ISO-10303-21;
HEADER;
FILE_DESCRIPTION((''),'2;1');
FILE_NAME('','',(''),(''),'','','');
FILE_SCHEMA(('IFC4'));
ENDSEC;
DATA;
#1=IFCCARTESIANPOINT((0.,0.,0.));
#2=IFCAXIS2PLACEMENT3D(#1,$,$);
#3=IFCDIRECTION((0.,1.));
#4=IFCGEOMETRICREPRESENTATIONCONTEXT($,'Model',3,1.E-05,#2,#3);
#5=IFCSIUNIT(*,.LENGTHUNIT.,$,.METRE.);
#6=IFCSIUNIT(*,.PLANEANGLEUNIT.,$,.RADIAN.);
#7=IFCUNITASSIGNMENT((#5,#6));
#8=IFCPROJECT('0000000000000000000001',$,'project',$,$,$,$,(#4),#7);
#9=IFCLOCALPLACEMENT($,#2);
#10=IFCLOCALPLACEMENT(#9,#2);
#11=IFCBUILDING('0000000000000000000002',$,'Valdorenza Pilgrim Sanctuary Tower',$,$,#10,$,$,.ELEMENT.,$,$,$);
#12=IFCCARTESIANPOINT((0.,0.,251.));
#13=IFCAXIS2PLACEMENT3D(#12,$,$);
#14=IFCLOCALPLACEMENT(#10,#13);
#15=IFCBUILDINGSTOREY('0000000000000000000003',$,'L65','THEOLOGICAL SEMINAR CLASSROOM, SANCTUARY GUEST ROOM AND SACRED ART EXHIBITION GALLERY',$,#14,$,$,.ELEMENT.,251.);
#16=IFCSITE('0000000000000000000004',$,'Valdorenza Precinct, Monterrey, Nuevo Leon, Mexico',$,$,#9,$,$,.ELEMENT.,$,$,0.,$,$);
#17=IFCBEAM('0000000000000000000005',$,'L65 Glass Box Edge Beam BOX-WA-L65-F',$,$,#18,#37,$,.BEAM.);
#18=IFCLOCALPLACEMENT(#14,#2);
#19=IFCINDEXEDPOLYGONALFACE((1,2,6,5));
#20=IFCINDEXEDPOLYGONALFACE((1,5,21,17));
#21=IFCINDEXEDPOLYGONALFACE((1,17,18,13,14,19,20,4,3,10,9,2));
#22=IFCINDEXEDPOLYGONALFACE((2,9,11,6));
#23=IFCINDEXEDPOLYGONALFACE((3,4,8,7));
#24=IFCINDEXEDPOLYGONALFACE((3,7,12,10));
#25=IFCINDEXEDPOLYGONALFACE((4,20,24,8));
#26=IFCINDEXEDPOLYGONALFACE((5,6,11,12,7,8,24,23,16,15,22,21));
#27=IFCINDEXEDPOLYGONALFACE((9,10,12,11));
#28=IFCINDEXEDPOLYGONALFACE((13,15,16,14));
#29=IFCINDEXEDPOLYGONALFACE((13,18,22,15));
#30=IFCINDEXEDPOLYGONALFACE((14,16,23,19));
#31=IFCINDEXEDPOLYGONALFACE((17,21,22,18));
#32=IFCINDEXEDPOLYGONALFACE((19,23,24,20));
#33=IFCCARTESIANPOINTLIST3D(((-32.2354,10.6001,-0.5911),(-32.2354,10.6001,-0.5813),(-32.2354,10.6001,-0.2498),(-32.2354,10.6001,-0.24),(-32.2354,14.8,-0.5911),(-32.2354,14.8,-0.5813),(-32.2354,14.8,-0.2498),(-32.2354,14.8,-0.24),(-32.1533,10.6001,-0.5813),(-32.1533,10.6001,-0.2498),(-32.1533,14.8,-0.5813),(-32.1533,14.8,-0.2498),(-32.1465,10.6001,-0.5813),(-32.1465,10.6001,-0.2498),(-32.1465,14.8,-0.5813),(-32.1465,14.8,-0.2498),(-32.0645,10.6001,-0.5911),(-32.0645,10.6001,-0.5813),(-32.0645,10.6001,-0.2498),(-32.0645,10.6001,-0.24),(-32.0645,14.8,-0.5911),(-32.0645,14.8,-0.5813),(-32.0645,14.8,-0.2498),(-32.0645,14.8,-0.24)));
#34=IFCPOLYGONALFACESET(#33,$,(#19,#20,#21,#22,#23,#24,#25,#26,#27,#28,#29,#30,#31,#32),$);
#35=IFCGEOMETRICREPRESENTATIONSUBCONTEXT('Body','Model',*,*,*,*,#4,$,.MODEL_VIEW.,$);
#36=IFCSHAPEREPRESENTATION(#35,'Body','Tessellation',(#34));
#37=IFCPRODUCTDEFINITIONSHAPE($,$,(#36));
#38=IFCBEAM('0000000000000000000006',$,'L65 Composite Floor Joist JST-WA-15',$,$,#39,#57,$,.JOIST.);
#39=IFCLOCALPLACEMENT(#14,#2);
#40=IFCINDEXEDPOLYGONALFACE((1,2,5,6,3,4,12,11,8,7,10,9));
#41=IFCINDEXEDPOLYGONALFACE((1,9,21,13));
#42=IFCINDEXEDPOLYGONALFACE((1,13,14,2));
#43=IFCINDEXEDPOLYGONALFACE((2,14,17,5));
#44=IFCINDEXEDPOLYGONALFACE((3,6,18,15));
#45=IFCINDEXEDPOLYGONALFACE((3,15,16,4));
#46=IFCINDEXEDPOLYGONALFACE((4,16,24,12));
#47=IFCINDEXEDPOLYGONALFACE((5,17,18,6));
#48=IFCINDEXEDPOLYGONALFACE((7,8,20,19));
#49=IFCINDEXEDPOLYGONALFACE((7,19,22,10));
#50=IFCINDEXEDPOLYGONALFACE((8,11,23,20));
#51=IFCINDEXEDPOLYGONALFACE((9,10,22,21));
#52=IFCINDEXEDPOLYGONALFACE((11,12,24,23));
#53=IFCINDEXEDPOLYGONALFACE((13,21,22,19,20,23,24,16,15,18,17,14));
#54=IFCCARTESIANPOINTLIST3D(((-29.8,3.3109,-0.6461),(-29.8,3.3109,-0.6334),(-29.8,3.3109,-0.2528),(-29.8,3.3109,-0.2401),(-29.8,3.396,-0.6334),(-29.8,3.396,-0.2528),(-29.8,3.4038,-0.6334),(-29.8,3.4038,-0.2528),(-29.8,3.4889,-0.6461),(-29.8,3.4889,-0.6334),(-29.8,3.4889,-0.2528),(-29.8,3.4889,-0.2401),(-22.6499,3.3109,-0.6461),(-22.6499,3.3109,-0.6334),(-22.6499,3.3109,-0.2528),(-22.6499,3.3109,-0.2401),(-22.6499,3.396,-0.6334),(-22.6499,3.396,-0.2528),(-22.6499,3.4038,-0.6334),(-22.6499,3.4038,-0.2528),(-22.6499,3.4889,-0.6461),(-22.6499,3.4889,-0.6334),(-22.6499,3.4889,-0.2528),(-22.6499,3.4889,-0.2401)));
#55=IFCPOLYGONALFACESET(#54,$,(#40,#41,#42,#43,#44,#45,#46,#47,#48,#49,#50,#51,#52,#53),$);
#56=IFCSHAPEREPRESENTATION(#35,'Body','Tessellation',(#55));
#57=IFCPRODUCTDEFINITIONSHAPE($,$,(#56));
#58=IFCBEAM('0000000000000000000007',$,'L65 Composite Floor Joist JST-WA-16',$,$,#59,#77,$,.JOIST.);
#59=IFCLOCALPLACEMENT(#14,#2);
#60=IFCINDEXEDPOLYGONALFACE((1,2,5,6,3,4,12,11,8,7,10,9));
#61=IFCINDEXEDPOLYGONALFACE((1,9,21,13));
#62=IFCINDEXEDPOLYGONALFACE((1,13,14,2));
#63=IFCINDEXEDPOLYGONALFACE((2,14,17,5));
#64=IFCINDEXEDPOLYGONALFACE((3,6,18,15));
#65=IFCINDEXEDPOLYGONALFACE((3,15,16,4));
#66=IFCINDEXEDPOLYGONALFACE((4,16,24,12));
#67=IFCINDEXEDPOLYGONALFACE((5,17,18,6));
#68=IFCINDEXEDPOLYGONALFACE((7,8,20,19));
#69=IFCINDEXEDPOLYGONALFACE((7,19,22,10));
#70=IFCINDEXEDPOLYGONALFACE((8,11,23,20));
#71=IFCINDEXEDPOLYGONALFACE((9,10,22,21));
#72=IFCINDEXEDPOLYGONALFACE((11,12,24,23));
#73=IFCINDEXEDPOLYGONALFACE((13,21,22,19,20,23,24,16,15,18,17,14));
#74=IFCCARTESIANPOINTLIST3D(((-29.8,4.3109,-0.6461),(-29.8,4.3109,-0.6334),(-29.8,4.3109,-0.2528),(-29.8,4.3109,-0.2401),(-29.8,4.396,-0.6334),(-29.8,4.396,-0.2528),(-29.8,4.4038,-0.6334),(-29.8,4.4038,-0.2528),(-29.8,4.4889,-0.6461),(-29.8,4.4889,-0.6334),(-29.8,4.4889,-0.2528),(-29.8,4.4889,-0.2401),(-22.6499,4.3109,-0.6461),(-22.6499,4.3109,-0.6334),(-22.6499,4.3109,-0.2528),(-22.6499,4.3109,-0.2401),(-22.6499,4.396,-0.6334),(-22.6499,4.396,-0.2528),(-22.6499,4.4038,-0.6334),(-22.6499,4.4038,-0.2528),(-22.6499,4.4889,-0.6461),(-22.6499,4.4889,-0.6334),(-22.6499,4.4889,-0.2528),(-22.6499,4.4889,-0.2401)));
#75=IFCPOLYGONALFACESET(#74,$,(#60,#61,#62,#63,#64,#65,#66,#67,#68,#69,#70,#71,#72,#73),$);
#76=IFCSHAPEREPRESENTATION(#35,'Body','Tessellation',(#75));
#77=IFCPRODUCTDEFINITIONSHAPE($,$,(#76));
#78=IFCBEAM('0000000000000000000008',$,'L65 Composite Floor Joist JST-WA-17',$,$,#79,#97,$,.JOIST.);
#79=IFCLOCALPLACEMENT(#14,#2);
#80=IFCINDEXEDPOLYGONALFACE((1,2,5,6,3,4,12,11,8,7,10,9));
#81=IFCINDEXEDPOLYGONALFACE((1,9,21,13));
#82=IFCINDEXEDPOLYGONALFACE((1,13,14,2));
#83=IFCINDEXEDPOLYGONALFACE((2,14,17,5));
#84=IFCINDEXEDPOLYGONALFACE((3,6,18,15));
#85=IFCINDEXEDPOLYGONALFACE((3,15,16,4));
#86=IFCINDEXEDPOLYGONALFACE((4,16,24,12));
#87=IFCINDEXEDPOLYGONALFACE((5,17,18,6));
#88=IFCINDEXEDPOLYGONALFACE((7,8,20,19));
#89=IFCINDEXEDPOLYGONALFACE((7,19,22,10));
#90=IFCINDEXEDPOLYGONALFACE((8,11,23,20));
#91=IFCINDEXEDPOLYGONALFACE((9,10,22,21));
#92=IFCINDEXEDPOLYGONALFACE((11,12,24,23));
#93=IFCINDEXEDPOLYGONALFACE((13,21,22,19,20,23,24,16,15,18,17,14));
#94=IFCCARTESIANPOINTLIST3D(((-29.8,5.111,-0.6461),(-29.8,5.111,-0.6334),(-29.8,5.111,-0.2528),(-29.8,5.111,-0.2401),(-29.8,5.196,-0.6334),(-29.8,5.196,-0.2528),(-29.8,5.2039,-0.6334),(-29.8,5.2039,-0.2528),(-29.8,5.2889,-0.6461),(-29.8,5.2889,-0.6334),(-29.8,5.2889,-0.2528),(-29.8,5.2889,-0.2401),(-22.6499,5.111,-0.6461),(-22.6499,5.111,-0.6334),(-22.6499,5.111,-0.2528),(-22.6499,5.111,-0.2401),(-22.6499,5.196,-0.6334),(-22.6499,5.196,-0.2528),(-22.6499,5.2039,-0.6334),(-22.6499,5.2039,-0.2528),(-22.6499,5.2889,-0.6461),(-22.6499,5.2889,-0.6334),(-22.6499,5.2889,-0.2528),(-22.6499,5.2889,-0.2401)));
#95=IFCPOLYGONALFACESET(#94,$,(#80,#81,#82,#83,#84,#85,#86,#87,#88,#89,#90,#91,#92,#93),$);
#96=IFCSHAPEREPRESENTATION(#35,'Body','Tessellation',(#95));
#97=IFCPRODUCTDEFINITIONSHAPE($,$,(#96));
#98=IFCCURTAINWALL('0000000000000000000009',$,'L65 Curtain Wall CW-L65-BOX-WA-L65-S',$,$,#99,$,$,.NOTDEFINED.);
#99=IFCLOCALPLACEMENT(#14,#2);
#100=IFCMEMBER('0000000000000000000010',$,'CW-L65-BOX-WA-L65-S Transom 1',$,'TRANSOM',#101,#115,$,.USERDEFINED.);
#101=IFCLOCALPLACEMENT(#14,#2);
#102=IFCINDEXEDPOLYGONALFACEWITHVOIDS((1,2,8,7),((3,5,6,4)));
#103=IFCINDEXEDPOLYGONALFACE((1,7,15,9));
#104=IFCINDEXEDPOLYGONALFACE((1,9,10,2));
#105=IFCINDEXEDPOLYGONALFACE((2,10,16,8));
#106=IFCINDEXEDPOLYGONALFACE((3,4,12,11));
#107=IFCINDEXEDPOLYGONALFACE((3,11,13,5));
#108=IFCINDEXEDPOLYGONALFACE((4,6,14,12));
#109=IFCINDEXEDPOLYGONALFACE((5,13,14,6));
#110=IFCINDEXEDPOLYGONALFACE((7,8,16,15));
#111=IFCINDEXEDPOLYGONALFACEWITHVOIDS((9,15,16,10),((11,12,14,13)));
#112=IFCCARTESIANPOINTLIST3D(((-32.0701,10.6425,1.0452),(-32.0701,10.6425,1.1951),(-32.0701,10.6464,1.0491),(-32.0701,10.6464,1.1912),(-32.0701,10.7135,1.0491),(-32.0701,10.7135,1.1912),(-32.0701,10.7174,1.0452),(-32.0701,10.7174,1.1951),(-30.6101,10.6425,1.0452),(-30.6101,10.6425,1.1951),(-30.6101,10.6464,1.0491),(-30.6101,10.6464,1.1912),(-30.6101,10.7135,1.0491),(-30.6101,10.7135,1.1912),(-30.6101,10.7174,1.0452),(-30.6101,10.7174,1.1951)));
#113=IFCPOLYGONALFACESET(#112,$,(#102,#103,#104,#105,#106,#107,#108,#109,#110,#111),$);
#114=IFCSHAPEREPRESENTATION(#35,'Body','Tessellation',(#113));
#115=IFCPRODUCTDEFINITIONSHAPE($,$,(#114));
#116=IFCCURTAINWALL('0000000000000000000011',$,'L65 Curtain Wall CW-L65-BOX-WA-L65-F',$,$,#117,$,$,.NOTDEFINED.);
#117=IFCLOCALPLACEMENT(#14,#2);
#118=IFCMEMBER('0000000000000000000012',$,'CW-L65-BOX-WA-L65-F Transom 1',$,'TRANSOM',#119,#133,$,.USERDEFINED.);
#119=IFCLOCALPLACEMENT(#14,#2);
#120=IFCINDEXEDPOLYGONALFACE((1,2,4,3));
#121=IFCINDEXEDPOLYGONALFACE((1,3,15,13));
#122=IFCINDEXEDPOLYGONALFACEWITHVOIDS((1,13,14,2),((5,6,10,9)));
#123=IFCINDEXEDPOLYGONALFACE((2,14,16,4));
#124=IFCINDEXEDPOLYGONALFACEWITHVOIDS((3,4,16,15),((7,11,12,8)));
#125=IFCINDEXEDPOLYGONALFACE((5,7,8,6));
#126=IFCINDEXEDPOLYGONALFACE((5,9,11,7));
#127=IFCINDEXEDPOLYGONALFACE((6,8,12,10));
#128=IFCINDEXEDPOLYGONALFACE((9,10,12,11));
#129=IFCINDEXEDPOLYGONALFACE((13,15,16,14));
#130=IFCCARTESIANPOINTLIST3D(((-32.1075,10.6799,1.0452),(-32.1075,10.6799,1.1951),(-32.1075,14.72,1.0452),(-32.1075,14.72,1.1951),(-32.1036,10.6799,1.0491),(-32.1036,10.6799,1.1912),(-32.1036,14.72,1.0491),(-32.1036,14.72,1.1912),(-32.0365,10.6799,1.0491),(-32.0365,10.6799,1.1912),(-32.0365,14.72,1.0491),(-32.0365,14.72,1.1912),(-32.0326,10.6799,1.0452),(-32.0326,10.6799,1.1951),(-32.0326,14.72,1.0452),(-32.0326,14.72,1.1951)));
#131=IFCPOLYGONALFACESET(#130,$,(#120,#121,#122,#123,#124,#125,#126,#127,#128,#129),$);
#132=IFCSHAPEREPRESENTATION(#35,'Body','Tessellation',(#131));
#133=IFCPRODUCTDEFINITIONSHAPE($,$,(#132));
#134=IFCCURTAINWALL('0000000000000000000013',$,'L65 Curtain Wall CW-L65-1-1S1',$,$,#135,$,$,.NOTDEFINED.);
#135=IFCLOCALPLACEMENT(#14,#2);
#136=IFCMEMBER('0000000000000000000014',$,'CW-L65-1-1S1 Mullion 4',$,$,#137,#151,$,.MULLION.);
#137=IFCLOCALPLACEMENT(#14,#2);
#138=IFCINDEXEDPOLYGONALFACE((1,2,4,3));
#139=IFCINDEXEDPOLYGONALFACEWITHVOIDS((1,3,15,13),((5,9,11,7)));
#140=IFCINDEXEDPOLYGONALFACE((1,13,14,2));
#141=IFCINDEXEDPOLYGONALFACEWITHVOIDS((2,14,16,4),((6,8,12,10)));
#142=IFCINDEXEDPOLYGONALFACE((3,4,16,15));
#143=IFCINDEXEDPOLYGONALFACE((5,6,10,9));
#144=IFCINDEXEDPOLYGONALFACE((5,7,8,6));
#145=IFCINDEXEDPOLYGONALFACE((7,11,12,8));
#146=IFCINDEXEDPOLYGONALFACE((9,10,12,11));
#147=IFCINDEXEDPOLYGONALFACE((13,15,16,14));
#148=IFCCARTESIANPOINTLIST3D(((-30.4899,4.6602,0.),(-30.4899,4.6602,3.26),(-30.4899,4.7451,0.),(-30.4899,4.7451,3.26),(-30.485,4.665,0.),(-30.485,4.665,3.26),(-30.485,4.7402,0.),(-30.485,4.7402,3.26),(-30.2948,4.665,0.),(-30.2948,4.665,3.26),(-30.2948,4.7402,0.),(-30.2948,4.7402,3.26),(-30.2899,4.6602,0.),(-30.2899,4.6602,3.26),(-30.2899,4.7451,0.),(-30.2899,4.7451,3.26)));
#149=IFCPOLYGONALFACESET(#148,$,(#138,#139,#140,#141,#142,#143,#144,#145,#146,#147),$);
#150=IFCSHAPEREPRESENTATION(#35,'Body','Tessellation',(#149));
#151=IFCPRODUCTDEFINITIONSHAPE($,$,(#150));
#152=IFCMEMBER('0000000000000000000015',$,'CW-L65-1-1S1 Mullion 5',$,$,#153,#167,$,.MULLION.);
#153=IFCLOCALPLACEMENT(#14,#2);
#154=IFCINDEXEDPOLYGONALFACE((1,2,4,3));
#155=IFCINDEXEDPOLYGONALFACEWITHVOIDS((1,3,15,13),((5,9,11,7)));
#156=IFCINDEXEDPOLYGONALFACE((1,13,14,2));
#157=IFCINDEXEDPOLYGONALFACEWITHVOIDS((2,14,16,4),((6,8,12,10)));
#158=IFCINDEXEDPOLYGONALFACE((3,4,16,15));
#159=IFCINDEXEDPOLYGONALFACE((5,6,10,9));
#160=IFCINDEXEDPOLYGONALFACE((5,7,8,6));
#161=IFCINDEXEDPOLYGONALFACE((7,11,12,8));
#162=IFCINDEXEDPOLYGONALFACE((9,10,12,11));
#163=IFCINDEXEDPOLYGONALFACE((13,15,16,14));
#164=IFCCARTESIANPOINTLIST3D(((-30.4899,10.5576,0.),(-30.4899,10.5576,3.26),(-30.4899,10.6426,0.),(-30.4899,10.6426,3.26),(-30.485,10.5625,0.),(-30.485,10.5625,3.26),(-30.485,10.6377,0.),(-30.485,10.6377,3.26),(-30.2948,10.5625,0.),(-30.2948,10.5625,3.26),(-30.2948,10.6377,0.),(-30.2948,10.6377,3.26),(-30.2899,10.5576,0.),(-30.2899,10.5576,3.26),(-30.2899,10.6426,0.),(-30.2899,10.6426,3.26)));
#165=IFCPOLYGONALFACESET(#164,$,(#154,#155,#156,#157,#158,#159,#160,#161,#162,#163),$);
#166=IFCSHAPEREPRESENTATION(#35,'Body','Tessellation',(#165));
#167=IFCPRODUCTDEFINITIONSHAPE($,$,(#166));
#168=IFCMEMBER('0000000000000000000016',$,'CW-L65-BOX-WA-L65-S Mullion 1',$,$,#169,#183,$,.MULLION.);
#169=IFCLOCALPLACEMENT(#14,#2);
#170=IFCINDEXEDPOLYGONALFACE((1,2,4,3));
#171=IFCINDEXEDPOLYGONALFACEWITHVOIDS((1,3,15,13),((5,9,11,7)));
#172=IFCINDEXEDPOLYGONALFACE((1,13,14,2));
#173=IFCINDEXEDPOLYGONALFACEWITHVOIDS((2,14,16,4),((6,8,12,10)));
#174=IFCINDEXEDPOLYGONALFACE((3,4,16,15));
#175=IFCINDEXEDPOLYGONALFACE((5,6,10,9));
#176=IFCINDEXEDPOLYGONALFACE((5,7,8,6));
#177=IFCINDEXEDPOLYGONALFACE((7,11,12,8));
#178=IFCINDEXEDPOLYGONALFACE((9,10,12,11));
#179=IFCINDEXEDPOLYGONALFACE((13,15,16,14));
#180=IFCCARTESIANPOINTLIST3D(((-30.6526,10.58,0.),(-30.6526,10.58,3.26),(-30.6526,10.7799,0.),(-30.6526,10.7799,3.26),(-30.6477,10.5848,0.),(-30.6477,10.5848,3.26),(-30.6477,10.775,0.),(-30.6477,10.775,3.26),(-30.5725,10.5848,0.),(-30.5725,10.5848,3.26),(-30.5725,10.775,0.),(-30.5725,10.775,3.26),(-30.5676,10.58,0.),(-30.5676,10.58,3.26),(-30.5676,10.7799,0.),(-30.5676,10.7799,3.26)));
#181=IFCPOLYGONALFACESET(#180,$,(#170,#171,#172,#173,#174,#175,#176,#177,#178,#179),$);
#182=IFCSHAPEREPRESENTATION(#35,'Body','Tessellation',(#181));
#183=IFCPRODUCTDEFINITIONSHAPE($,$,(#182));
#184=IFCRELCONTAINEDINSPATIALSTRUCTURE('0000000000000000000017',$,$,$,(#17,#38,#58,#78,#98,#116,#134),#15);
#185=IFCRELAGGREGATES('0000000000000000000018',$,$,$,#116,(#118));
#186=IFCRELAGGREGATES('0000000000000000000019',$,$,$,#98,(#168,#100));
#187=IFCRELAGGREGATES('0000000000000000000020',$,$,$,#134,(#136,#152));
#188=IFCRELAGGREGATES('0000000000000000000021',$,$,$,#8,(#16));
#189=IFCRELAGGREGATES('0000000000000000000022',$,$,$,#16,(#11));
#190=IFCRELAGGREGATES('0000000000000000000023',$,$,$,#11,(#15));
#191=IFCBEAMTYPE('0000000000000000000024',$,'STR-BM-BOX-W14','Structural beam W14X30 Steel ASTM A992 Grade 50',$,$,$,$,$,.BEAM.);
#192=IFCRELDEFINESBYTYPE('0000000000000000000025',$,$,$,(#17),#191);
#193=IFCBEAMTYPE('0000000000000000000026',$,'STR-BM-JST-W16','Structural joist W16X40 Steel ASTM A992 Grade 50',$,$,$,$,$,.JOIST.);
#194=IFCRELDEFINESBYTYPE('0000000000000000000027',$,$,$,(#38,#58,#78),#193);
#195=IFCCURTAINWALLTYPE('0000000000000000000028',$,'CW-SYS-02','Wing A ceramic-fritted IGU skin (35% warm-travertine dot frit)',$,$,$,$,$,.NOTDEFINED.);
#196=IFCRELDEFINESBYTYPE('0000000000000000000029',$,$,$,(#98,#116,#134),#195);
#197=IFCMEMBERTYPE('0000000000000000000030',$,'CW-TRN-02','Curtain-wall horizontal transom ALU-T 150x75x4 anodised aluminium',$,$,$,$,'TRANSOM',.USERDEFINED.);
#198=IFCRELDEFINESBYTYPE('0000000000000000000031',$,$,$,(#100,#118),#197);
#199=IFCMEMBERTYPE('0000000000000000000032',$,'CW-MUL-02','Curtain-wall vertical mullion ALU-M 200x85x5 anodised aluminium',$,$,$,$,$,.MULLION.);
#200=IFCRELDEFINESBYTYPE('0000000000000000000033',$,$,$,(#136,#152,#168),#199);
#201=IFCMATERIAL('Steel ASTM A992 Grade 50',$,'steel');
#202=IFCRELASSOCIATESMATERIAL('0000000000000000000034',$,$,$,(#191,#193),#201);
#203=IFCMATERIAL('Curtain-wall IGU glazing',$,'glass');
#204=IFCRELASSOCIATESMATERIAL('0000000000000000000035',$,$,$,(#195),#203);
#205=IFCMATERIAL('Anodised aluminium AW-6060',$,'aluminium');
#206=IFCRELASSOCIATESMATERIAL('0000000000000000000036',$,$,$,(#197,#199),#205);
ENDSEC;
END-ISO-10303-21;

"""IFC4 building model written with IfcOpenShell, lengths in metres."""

from ifc_helpers import new_model, si_unit, direction, frame, origin, origin_2d, place, context, subcontext, project, spatial, hollow_rectangle, i_section, extrude, source, transform, mapped, material, material_profile, profile_set, type_object, element, aggregate, save


model = new_model("IFC4")

# Units and contexts
model_context = context("Model", 3, precision=1e-05, world=origin(), true_north=direction((0.0, 1.0)))
body_context = subcontext(model_context, "Body", "Model", "MODEL_VIEW")
ifc_project = project(units=[si_unit("LENGTHUNIT", "METRE"), si_unit("PLANEANGLEUNIT", "RADIAN")], contexts=[model_context])

# Site, building, storey
site_placement = place(None, origin())
site = spatial("IfcSite", under=ifc_project, at=site_placement, Name="Valdorenza Precinct, Monterrey, Nuevo Leon, Mexico", CompositionType="ELEMENT", RefElevation=0.0)
building_placement = place(site_placement, origin())
building = spatial("IfcBuilding", under=site, at=building_placement, Name="Valdorenza Pilgrim Sanctuary Tower", CompositionType="ELEMENT")
storey_placement = place(building_placement, frame((0.0, 0.0, 251.0)))
storey = spatial("IfcBuildingStorey", under=building, at=storey_placement, Name="L65", Description="THEOLOGICAL SEMINAR CLASSROOM, SANCTUARY GUEST ROOM AND SACRED ART EXHIBITION GALLERY", CompositionType="ELEMENT", Elevation=251.0)

# Beams
ifc_material_1 = material(Name="Steel ASTM A992 Grade 50", Category="steel")
ifc_material_profile_1 = material_profile(ifc_material_1, i_section(OverallWidth=0.1709, OverallDepth=0.3511, WebThickness=0.0068, FlangeThickness=0.0098, at=origin_2d()), Name="W14X30")
ifc_profile_set_1 = profile_set([ifc_material_profile_1], Name="Steel ASTM A992 Grade 50")
beam_type_1 = type_object("IfcBeamType", Name="STR-BM-BOX-W14", Description="Structural beam W14X30 Steel ASTM A992 Grade 50", PredefinedType="BEAM", material=ifc_profile_set_1)
shared_shape_1 = source(origin(), body_context, "Body", "SweptSolid", [
    extrude(i_section(OverallWidth=0.1709, OverallDepth=0.3511, WebThickness=0.0068, FlangeThickness=0.0098, at=origin_2d()), origin(), (0.0, 0.0, 1.0), 4.2),
])
beam_placement = place(storey_placement, frame((-32.1499, 10.6001, -0.4155), z_axis=(0.0, 1.0, 0.0), x_axis=(-1.0, 0.0, 0.0)))
element("IfcBeam", 1, at=beam_placement, inside=storey, type_object=beam_type_1, Name="L65 Glass Box Edge Beam BOX-WA-L65-F", PredefinedType="BEAM", context=body_context, shape_type="MappedRepresentation", body=[
    mapped(shared_shape_1, transform((0.0, 0.0, 0.0), x_axis=(1.0, 0.0, 0.0), y_axis=(0.0, 1.0, 0.0), z_axis=(0.0, 0.0, 1.0), scale=1.0)),
])
ifc_material_profile_2 = material_profile(ifc_material_1, i_section(OverallWidth=0.178, OverallDepth=0.406, WebThickness=0.0078, FlangeThickness=0.0127, at=origin_2d()), Name="W16X40")
ifc_profile_set_2 = profile_set([ifc_material_profile_2], Name="Steel ASTM A992 Grade 50")
beam_type_2 = type_object("IfcBeamType", Name="STR-BM-JST-W16", Description="Structural joist W16X40 Steel ASTM A992 Grade 50", PredefinedType="JOIST", material=ifc_profile_set_2)
shared_shape_2 = source(origin(), body_context, "Body", "SweptSolid", [
    extrude(i_section(OverallWidth=0.178, OverallDepth=0.406, WebThickness=0.0078, FlangeThickness=0.0127, at=origin_2d()), origin(), (0.0, 0.0, 1.0), 7.1501),
])
for number, where, z_axis, x_axis, name in (
    (2, (-29.8, 3.3999, -0.4431), (1.0, 0.0, 0.0), (0.0, 1.0, 0.0), "L65 Composite Floor Joist JST-WA-15"),
    (3, (-29.8, 4.3999, -0.4431), (1.0, 0.0, 0.0), (0.0, 1.0, 0.0), "L65 Composite Floor Joist JST-WA-16"),
    (4, (-29.8, 5.2, -0.4431), (1.0, 0.0, 0.0), (0.0, 1.0, 0.0), "L65 Composite Floor Joist JST-WA-17"),
):
    element("IfcBeam", number, at=place(storey_placement, frame(where, z_axis=z_axis, x_axis=x_axis)), inside=storey, type_object=beam_type_2, Name=name, PredefinedType="JOIST", context=body_context, shape_type="MappedRepresentation", body=[
        mapped(shared_shape_2, transform((0.0, 0.0, 0.0), x_axis=(1.0, 0.0, 0.0), y_axis=(0.0, 1.0, 0.0), z_axis=(0.0, 0.0, 1.0), scale=1.0)),
    ])

# Curtain walls, members
ifc_material_2 = material(Name="Curtain-wall IGU glazing", Category="glass")
curtain_wall_type = type_object("IfcCurtainWallType", Name="CW-SYS-02", Description="Wing A ceramic-fritted IGU skin (35% warm-travertine dot frit)", PredefinedType="NOTDEFINED", material=ifc_material_2)
curtain_wall_1_placement = place(storey_placement, origin())
curtain_wall_1 = element("IfcCurtainWall", 5, at=curtain_wall_1_placement, inside=storey, type_object=curtain_wall_type, Name="L65 Curtain Wall CW-L65-BOX-WA-L65-S", PredefinedType="NOTDEFINED")
ifc_material_3 = material(Name="Anodised aluminium AW-6060", Category="aluminium")
ifc_material_profile_3 = material_profile(ifc_material_3, hollow_rectangle(XDim=0.075, YDim=0.1499, WallThickness=0.0039, at=origin_2d()), Name="ALU-T 150x75x4")
ifc_profile_set_3 = profile_set([ifc_material_profile_3], Name="Anodised aluminium AW-6060")
member_type_1 = type_object("IfcMemberType", Name="CW-TRN-02", Description="Curtain-wall horizontal transom ALU-T 150x75x4 anodised aluminium", ElementType="TRANSOM", PredefinedType="USERDEFINED", material=ifc_profile_set_3)
shared_shape_3 = source(origin(), body_context, "Body", "SweptSolid", [
    extrude(hollow_rectangle(XDim=0.075, YDim=0.1499, WallThickness=0.0039, at=origin_2d()), origin(), (0.0, 0.0, 1.0), 1.46),
])
member_1_placement = place(storey_placement, frame((-30.6101, 10.6799, 1.1201), z_axis=(-1.0, 0.0, 0.0), x_axis=(0.0, -1.0, 0.0)))
member_1 = element("IfcMember", 6, at=member_1_placement, type_object=member_type_1, Name="CW-L65-BOX-WA-L65-S Transom 1", ObjectType="TRANSOM", PredefinedType="USERDEFINED", context=body_context, shape_type="MappedRepresentation", body=[
    mapped(shared_shape_3, transform((0.0, 0.0, 0.0), x_axis=(1.0, 0.0, 0.0), y_axis=(0.0, 1.0, 0.0), z_axis=(0.0, 0.0, 1.0), scale=1.0)),
])
curtain_wall_2_placement = place(storey_placement, origin())
curtain_wall_2 = element("IfcCurtainWall", 7, at=curtain_wall_2_placement, inside=storey, type_object=curtain_wall_type, Name="L65 Curtain Wall CW-L65-BOX-WA-L65-F", PredefinedType="NOTDEFINED")
shared_shape_4 = source(origin(), body_context, "Body", "SweptSolid", [
    extrude(hollow_rectangle(XDim=0.075, YDim=0.1499, WallThickness=0.0039, at=origin_2d()), origin(), (0.0, 0.0, 1.0), 4.04),
])
member_2_placement = place(storey_placement, frame((-32.0701, 10.6799, 1.1201), z_axis=(0.0, 1.0, 0.0), x_axis=(-1.0, 0.0, 0.0)))
member_2 = element("IfcMember", 8, at=member_2_placement, type_object=member_type_1, Name="CW-L65-BOX-WA-L65-F Transom 1", ObjectType="TRANSOM", PredefinedType="USERDEFINED", context=body_context, shape_type="MappedRepresentation", body=[
    mapped(shared_shape_4, transform((0.0, 0.0, 0.0), x_axis=(1.0, 0.0, 0.0), y_axis=(0.0, 1.0, 0.0), z_axis=(0.0, 0.0, 1.0), scale=1.0)),
])
aggregate(curtain_wall_2, [member_2])

# Curtain wall, members
curtain_wall_3_placement = place(storey_placement, origin())
curtain_wall_3 = element("IfcCurtainWall", 9, at=curtain_wall_3_placement, inside=storey, type_object=curtain_wall_type, Name="L65 Curtain Wall CW-L65-1-1S1", PredefinedType="NOTDEFINED")
ifc_material_profile_4 = material_profile(ifc_material_3, hollow_rectangle(XDim=0.085, YDim=0.2, WallThickness=0.0049, at=origin_2d()), Name="ALU-M 200x85x5")
ifc_profile_set_4 = profile_set([ifc_material_profile_4], Name="Anodised aluminium AW-6060")
member_type_2 = type_object("IfcMemberType", Name="CW-MUL-02", Description="Curtain-wall vertical mullion ALU-M 200x85x5 anodised aluminium", PredefinedType="MULLION", material=ifc_profile_set_4)
shared_shape_5 = source(origin(), body_context, "Body", "SweptSolid", [
    extrude(hollow_rectangle(XDim=0.085, YDim=0.2, WallThickness=0.0049, at=origin_2d()), origin(), (0.0, 0.0, 1.0), 3.26),
])
member_3_placement = place(storey_placement, frame((-30.3899, 4.7026, 0.0), z_axis=(0.0, 0.0, 1.0), x_axis=(0.0, 1.0, 0.0)))
member_3 = element("IfcMember", 10, at=member_3_placement, type_object=member_type_2, Name="CW-L65-1-1S1 Mullion 4", PredefinedType="MULLION", context=body_context, shape_type="MappedRepresentation", body=[
    mapped(shared_shape_5, transform((0.0, 0.0, 0.0), x_axis=(1.0, 0.0, 0.0), y_axis=(0.0, 1.0, 0.0), z_axis=(0.0, 0.0, 1.0), scale=1.0)),
])
member_4_placement = place(storey_placement, frame((-30.3899, 10.6001, 0.0), z_axis=(0.0, 0.0, 1.0), x_axis=(0.0, 1.0, 0.0)))
member_4 = element("IfcMember", 11, at=member_4_placement, type_object=member_type_2, Name="CW-L65-1-1S1 Mullion 5", PredefinedType="MULLION", context=body_context, shape_type="MappedRepresentation", body=[
    mapped(shared_shape_5, transform((0.0, 0.0, 0.0), x_axis=(1.0, 0.0, 0.0), y_axis=(0.0, 1.0, 0.0), z_axis=(0.0, 0.0, 1.0), scale=1.0)),
])

# Member
member_5_placement = place(storey_placement, frame((-30.6101, 10.6799, 0.0), z_axis=(0.0, 0.0, 1.0), x_axis=(-1.0, 0.0, 0.0)))
member_5 = element("IfcMember", 12, at=member_5_placement, type_object=member_type_2, Name="CW-L65-BOX-WA-L65-S Mullion 1", PredefinedType="MULLION", context=body_context, shape_type="MappedRepresentation", body=[
    mapped(shared_shape_5, transform((0.0, 0.0, 0.0), x_axis=(1.0, 0.0, 0.0), y_axis=(0.0, 1.0, 0.0), z_axis=(0.0, 0.0, 1.0), scale=1.0)),
])

aggregate(curtain_wall_1, [member_5, member_1])
aggregate(curtain_wall_3, [member_3, member_4])

save(model, "model.ifc")
